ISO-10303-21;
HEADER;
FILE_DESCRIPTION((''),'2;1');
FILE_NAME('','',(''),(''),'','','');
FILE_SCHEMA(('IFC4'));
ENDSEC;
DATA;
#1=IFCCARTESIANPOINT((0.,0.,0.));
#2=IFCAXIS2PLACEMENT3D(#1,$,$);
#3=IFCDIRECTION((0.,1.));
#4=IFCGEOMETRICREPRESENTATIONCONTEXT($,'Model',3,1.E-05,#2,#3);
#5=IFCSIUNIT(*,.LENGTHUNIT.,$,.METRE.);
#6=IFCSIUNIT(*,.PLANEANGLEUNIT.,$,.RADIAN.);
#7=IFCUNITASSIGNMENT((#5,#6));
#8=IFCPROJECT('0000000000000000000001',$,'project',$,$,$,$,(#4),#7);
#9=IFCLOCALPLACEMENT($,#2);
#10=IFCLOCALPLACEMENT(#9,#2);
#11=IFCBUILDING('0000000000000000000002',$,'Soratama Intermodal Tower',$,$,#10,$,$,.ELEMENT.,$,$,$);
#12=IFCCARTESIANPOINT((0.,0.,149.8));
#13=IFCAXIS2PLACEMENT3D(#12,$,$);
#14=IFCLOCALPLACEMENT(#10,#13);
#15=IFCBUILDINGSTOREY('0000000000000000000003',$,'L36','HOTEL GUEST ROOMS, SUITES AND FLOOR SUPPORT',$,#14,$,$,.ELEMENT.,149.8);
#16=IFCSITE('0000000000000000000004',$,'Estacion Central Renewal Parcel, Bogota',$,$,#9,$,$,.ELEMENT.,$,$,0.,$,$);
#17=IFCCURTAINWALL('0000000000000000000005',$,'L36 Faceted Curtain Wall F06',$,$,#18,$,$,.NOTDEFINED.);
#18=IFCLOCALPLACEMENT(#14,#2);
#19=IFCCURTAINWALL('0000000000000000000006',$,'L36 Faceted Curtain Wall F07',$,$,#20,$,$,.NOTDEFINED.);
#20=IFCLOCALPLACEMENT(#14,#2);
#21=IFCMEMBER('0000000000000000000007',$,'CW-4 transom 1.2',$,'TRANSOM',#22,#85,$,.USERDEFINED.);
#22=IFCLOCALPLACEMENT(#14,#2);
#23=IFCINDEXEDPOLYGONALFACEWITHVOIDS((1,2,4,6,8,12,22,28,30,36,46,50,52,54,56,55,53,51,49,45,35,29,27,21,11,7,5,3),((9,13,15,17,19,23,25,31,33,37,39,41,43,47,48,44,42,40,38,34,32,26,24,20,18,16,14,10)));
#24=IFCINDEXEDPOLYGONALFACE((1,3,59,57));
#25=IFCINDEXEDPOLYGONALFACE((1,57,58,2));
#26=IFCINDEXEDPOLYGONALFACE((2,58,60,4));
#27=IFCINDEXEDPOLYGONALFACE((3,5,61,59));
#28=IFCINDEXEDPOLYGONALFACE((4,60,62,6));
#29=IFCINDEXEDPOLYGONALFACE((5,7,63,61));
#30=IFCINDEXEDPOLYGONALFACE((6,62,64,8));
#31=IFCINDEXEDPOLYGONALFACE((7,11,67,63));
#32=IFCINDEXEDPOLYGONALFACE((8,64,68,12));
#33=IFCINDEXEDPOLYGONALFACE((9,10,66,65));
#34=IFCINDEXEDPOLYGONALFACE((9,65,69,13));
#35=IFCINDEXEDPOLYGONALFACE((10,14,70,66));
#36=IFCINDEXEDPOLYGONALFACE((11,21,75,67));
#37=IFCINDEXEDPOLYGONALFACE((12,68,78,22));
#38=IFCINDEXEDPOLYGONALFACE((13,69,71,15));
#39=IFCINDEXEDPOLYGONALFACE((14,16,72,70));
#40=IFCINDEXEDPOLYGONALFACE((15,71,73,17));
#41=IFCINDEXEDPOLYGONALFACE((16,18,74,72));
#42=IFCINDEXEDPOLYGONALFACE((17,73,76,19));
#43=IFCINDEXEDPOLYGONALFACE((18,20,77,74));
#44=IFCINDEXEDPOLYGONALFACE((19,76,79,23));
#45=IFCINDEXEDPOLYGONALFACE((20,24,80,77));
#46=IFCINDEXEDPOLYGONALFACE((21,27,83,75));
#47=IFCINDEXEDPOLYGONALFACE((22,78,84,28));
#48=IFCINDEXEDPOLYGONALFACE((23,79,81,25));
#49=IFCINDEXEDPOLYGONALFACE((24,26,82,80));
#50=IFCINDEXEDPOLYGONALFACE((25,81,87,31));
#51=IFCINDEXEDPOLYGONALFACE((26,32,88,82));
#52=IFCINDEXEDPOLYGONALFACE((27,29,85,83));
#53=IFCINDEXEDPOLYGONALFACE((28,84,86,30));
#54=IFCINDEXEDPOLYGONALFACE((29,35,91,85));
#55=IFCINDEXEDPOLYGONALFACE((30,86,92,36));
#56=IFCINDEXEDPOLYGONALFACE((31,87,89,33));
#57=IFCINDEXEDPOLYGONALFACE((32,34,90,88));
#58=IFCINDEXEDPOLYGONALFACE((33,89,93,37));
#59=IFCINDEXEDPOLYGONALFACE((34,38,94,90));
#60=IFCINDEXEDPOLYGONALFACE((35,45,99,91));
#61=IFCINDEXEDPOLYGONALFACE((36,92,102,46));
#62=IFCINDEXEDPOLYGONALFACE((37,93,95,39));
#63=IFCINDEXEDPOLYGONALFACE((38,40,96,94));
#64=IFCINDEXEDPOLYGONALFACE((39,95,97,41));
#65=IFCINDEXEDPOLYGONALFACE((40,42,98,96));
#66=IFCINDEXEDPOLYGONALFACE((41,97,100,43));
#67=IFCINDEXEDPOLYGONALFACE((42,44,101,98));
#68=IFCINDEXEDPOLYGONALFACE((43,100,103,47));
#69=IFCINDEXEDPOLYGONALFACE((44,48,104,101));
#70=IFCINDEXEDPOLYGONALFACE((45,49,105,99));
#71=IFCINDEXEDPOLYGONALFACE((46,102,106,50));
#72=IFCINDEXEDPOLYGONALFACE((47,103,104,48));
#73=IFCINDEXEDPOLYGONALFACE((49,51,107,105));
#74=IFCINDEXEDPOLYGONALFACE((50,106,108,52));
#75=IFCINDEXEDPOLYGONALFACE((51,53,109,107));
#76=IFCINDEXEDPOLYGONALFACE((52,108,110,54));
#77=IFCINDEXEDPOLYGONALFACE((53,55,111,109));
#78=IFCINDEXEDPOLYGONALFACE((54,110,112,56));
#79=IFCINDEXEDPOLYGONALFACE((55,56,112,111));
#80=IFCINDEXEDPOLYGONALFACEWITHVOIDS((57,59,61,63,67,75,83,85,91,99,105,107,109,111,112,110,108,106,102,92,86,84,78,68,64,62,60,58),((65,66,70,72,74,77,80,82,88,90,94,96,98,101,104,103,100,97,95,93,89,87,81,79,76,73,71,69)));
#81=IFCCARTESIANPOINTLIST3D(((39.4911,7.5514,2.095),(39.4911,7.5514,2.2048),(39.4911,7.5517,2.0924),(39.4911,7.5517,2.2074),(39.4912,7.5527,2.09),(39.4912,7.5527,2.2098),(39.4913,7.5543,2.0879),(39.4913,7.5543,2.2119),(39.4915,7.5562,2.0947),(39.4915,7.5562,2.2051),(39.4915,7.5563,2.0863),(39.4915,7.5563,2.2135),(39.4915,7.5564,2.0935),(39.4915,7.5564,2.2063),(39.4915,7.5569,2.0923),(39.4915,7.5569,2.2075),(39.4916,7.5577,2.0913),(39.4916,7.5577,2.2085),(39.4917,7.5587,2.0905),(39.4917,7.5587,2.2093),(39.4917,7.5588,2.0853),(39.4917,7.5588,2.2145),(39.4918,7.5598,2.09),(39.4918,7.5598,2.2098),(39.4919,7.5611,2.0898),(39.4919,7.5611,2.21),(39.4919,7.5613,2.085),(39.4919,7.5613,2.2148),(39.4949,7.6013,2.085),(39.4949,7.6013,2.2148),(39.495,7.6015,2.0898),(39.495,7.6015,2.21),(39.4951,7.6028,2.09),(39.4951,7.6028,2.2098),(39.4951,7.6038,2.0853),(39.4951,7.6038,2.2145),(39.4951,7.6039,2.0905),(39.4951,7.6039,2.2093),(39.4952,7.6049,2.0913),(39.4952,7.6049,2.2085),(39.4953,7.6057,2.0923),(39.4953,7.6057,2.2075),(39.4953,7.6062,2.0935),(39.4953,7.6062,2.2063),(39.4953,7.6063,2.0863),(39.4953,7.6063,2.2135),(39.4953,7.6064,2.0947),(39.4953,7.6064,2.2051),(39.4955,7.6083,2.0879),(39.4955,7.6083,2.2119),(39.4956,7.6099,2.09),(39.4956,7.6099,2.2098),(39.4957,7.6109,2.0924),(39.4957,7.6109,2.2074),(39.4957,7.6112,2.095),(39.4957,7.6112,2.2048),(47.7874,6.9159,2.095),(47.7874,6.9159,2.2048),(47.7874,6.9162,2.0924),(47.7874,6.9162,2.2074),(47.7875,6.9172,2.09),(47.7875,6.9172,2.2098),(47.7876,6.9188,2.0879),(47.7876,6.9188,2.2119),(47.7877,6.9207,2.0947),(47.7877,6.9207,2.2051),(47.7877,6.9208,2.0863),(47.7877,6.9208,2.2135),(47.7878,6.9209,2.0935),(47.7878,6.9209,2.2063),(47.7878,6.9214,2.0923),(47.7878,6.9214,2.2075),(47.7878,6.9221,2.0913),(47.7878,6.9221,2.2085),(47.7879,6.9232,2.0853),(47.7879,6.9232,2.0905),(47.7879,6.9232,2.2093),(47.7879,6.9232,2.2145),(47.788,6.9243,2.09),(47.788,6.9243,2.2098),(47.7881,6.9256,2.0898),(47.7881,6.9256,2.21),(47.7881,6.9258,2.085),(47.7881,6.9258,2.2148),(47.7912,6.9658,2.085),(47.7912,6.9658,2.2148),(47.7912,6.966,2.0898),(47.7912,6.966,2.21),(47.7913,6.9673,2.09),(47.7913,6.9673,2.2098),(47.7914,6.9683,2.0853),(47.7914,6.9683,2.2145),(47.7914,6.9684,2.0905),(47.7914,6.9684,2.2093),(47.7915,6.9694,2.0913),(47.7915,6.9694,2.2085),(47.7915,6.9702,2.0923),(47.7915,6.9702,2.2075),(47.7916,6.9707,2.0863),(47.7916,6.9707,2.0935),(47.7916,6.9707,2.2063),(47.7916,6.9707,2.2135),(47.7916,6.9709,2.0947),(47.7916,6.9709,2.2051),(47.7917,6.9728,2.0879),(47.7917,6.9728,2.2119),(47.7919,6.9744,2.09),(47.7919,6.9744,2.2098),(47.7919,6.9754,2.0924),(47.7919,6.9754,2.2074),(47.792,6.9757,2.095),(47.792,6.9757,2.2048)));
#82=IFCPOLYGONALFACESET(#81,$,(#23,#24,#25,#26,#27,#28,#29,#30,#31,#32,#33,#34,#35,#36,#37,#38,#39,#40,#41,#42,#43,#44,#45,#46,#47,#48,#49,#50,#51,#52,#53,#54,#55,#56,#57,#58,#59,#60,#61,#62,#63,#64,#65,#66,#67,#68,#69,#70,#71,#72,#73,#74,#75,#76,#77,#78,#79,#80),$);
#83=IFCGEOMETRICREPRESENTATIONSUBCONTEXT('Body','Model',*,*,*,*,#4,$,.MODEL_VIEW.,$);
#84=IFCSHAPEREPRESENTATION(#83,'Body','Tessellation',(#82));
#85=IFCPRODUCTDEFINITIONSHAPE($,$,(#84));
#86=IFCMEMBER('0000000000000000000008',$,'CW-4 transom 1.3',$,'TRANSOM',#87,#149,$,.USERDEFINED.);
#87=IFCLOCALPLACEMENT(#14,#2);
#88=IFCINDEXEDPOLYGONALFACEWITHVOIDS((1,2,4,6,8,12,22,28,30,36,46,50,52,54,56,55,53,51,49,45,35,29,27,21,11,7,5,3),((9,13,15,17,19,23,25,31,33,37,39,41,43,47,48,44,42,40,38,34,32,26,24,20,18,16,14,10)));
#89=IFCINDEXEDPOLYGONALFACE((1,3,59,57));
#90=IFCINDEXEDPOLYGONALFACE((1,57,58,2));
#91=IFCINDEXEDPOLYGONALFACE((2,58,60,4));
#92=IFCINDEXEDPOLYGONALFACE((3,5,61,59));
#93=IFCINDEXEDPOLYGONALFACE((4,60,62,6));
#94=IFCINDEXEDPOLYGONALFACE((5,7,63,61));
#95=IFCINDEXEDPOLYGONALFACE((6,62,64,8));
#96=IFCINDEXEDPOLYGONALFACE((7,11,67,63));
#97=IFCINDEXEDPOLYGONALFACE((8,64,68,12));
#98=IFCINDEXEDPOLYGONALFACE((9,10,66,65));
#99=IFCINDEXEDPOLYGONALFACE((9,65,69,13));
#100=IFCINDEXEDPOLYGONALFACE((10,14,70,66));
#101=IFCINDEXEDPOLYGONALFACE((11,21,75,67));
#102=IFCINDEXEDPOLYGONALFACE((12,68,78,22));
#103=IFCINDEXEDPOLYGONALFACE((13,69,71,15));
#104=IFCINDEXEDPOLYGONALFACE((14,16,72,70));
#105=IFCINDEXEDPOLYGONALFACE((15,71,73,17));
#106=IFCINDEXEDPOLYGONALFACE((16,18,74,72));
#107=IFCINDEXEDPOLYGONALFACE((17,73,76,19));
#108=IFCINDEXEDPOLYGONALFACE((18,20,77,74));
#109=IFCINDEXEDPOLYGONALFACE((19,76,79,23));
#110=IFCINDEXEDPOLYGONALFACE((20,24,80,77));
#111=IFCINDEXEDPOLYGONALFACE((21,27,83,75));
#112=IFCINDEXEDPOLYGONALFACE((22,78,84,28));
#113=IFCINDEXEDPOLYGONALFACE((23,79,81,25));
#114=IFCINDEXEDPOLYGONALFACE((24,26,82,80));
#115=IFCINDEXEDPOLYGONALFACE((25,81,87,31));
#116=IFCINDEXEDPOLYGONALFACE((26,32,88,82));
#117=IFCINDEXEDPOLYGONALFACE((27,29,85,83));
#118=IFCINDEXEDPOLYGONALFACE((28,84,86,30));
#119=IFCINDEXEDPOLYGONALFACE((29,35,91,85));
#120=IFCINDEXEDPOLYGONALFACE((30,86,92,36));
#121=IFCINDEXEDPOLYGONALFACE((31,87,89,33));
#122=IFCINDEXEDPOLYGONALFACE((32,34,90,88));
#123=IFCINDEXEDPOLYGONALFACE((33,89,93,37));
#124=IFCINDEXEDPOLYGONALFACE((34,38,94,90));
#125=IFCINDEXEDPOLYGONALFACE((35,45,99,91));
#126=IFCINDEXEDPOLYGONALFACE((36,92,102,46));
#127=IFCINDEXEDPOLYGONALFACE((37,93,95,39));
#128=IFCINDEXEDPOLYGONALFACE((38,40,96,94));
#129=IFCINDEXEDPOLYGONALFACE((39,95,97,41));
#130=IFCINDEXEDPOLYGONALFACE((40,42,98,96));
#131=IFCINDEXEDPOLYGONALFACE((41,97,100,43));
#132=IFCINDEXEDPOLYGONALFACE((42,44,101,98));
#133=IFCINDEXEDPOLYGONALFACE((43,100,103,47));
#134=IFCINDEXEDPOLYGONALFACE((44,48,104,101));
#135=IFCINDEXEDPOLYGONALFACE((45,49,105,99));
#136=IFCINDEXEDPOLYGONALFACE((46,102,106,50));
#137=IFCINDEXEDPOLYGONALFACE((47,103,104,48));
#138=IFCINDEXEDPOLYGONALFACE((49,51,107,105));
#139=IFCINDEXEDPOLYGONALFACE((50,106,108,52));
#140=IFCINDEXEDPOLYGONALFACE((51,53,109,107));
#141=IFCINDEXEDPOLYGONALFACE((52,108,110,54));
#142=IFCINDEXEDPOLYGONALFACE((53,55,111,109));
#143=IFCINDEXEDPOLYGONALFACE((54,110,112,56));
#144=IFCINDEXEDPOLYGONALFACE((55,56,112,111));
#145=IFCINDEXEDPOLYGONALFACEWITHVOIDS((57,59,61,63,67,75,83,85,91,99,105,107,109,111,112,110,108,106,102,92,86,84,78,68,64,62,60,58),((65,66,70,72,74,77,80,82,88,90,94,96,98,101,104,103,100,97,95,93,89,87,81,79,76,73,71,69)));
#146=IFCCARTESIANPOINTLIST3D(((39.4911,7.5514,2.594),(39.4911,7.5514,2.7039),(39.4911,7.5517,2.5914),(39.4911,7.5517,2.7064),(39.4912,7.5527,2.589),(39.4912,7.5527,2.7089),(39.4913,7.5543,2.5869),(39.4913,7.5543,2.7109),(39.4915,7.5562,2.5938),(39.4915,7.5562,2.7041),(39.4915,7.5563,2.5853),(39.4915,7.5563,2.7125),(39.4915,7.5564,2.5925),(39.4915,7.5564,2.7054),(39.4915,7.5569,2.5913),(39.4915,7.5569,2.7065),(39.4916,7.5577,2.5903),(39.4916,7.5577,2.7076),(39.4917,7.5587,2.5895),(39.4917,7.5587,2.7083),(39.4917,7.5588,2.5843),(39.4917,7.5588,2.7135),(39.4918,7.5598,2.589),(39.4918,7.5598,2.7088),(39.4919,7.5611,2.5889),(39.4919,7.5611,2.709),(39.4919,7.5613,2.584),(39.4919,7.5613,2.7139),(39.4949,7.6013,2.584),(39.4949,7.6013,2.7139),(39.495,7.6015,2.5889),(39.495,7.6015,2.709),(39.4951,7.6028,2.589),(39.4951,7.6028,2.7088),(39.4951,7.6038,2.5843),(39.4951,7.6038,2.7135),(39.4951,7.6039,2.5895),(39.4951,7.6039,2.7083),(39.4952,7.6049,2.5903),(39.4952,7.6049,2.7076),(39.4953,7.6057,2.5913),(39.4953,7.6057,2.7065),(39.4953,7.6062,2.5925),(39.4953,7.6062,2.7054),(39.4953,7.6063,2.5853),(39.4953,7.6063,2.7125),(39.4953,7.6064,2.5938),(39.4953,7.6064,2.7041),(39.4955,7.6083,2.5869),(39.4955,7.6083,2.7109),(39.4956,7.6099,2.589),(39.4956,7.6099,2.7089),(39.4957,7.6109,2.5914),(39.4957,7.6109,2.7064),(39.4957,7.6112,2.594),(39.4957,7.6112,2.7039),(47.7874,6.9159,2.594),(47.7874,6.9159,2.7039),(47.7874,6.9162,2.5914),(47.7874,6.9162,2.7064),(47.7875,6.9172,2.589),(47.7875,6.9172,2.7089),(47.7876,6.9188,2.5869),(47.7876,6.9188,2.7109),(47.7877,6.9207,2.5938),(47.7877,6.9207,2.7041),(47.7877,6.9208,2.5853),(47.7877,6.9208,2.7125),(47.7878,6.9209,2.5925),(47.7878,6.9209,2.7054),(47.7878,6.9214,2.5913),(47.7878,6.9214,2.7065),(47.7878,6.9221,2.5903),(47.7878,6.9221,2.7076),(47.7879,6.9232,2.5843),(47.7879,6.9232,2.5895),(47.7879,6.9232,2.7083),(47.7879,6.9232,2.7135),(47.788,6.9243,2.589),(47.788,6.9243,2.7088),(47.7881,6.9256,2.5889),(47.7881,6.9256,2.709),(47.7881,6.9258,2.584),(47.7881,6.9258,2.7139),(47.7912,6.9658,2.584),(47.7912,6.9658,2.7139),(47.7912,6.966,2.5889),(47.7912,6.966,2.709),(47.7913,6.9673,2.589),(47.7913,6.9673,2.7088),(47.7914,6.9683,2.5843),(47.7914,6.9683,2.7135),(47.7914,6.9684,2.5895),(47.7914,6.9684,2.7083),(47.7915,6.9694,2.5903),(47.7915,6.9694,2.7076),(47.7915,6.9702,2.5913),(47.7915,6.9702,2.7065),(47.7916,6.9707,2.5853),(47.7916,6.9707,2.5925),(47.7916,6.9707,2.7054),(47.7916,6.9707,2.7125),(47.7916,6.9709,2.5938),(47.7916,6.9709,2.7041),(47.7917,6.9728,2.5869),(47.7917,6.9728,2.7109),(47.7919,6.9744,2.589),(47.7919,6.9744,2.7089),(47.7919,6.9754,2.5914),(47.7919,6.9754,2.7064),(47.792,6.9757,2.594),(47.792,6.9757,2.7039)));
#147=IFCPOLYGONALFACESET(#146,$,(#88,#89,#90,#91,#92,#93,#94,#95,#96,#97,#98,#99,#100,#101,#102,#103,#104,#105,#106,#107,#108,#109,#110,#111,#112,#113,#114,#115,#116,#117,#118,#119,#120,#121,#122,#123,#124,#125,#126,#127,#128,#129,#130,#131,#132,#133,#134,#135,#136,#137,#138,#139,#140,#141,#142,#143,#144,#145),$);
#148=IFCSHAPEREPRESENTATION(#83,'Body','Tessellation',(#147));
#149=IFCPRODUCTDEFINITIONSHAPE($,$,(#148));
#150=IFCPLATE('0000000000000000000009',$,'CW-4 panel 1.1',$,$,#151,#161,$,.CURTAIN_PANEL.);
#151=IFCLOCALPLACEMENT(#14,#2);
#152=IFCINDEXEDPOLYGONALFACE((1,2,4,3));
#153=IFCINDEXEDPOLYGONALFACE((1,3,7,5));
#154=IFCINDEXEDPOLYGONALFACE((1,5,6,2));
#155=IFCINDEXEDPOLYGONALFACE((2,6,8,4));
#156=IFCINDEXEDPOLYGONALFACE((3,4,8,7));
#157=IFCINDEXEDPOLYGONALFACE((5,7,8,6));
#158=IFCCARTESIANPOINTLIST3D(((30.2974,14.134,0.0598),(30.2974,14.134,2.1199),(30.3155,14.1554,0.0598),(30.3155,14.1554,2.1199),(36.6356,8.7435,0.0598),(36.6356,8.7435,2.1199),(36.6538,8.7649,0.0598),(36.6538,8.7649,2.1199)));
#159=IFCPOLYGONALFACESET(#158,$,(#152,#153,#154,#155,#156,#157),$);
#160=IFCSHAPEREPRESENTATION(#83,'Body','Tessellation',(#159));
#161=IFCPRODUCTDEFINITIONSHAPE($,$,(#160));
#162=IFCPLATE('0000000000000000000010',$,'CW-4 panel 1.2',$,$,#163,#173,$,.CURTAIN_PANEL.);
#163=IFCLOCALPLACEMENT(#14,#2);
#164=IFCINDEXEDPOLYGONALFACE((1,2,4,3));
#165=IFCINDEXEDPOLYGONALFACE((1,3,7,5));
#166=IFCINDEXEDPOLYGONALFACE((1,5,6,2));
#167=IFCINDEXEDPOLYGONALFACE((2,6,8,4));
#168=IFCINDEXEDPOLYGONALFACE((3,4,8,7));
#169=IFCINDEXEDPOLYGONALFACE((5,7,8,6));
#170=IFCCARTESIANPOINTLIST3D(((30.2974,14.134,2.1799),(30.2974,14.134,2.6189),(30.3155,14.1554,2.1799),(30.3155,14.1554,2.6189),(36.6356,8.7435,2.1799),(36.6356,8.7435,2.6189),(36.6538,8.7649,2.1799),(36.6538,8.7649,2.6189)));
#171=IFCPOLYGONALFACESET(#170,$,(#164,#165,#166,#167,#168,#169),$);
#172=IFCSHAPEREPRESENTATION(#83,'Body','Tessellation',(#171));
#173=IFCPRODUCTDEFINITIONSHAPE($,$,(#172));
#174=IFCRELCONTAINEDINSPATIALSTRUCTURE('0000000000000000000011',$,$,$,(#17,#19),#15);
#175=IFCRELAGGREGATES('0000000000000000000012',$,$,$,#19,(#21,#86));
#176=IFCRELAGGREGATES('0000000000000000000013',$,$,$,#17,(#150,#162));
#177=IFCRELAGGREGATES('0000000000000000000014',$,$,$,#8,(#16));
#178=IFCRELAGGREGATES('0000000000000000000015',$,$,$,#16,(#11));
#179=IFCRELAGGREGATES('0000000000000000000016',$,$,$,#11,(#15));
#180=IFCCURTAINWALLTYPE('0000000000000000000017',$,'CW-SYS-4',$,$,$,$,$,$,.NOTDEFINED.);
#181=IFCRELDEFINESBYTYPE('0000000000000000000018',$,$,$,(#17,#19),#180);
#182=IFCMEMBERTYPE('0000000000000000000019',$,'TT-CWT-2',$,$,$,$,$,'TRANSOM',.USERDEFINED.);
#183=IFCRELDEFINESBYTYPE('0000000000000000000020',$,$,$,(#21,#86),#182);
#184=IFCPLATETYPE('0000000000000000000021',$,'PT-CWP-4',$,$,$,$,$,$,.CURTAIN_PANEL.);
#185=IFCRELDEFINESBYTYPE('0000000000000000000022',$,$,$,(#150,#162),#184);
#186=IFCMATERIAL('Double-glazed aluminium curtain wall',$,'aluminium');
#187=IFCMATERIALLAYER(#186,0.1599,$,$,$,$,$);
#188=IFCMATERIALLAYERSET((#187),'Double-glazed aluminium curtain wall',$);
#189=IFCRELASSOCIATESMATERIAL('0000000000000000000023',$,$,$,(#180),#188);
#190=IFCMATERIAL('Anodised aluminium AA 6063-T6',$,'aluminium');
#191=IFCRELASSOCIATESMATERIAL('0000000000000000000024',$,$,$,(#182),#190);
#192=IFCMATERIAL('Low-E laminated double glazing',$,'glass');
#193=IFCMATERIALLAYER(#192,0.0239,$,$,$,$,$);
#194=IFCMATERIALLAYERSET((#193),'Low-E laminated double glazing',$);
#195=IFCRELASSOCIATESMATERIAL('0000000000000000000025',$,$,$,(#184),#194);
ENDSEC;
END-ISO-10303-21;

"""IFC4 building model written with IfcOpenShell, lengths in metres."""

from ifc_helpers import new_model, si_unit, direction, frame, origin, origin_2d, place, context, subcontext, project, spatial, rectangle, hollow_rectangle, extrude, material, layer, layer_set, material_profile, profile_set, type_object, element, aggregate, save


model = new_model("IFC4")

# Units and contexts
model_context = context("Model", 3, precision=1e-05, world=origin(), true_north=direction((0.0, 1.0)))
body_context = subcontext(model_context, "Body", "Model", "MODEL_VIEW")
ifc_project = project(units=[si_unit("LENGTHUNIT", "METRE"), si_unit("PLANEANGLEUNIT", "RADIAN")], contexts=[model_context])

# Site, building, storey
site_placement = place(None, origin())
site = spatial("IfcSite", under=ifc_project, at=site_placement, Name="Estacion Central Renewal Parcel, Bogota", CompositionType="ELEMENT", RefElevation=0.0)
building_placement = place(site_placement, origin())
building = spatial("IfcBuilding", under=site, at=building_placement, Name="Soratama Intermodal Tower", CompositionType="ELEMENT")
storey_placement = place(building_placement, frame((0.0, 0.0, 149.8)))
storey = spatial("IfcBuildingStorey", under=building, at=storey_placement, Name="L36", Description="HOTEL GUEST ROOMS, SUITES AND FLOOR SUPPORT", CompositionType="ELEMENT", Elevation=149.8)

# Curtain wall
ifc_material_1 = material(Name="Double-glazed aluminium curtain wall", Category="aluminium")
ifc_layer_1 = layer(ifc_material_1, 0.1599)
ifc_layer_set_1 = layer_set([ifc_layer_1], Name="Double-glazed aluminium curtain wall")
curtain_wall_type = type_object("IfcCurtainWallType", Name="CW-SYS-4", PredefinedType="NOTDEFINED", material=ifc_layer_set_1)
curtain_wall_1_placement = place(storey_placement, origin())
curtain_wall_1 = element("IfcCurtainWall", 1, at=curtain_wall_1_placement, inside=storey, type_object=curtain_wall_type, Name="L36 Faceted Curtain Wall F06", PredefinedType="NOTDEFINED")

# Curtain wall, members
curtain_wall_2_placement = place(storey_placement, origin())
curtain_wall_2 = element("IfcCurtainWall", 2, at=curtain_wall_2_placement, inside=storey, type_object=curtain_wall_type, Name="L36 Faceted Curtain Wall F07", PredefinedType="NOTDEFINED")
ifc_material_2 = material(Name="Anodised aluminium AA 6063-T6", Category="aluminium")
ifc_material_profile_1 = material_profile(ifc_material_2, hollow_rectangle(XDim=0.0601, YDim=0.1299, WallThickness=0.0049, InnerFilletRadius=0.0049, OuterFilletRadius=0.01, at=origin_2d()), Name="CWT130X60X5")
ifc_profile_set_1 = profile_set([ifc_material_profile_1], Name="Anodised aluminium AA 6063-T6")
member_type_1 = type_object("IfcMemberType", Name="TT-CWT-2", ElementType="TRANSOM", PredefinedType="USERDEFINED", material=ifc_profile_set_1)
member_1_placement = place(storey_placement, frame((39.4934, 7.5813, 2.1499), z_axis=(0.997079, -0.076378, 0.0), x_axis=(0.076378, 0.997079, 0.0)))
member_1 = element("IfcMember", 3, at=member_1_placement, type_object=member_type_1, Name="CW-4 transom 1.2", ObjectType="TRANSOM", PredefinedType="USERDEFINED", context=body_context, shape_type="SweptSolid", body=[
    extrude(hollow_rectangle(XDim=0.0601, YDim=0.1299, WallThickness=0.0049, InnerFilletRadius=0.0049, OuterFilletRadius=0.01, at=origin_2d()), origin(), (0.0, 0.0, 1.0), 8.3206),
])
member_2_placement = place(storey_placement, frame((39.4934, 7.5813, 2.6489), z_axis=(0.997079, -0.076378, 0.0), x_axis=(0.076378, 0.997079, 0.0)))
member_2 = element("IfcMember", 4, at=member_2_placement, type_object=member_type_1, Name="CW-4 transom 1.3", ObjectType="TRANSOM", PredefinedType="USERDEFINED", context=body_context, shape_type="SweptSolid", body=[
    extrude(hollow_rectangle(XDim=0.0601, YDim=0.1299, WallThickness=0.0049, InnerFilletRadius=0.0049, OuterFilletRadius=0.01, at=origin_2d()), origin(), (0.0, 0.0, 1.0), 8.3206),
])
aggregate(curtain_wall_2, [member_1, member_2])

# Plates
ifc_material_3 = material(Name="Low-E laminated double glazing", Category="glass")
ifc_layer_2 = layer(ifc_material_3, 0.0239)
ifc_layer_set_2 = layer_set([ifc_layer_2], Name="Low-E laminated double glazing")
plate_type = type_object("IfcPlateType", Name="PT-CWP-4", PredefinedType="CURTAIN_PANEL", material=ifc_layer_set_2)
plate_1_placement = place(storey_placement, frame((33.4756, 11.4495, 0.0598), z_axis=(0.0, 0.0, 1.0), x_axis=(0.761762, -0.647857, 0.0)))
plate_1 = element("IfcPlate", 5, at=plate_1_placement, type_object=plate_type, Name="CW-4 panel 1.1", PredefinedType="CURTAIN_PANEL", context=body_context, shape_type="SweptSolid", body=[
    extrude(rectangle(XDim=8.3206, YDim=0.0281, at=origin_2d()), origin(), (0.0, 0.0, 1.0), 2.0601),
])
plate_2_placement = place(storey_placement, frame((33.4756, 11.4495, 2.1799), z_axis=(0.0, 0.0, 1.0), x_axis=(0.761762, -0.647857, 0.0)))
plate_2 = element("IfcPlate", 6, at=plate_2_placement, type_object=plate_type, Name="CW-4 panel 1.2", PredefinedType="CURTAIN_PANEL", context=body_context, shape_type="SweptSolid", body=[
    extrude(rectangle(XDim=8.3206, YDim=0.0281, at=origin_2d()), origin(), (0.0, 0.0, 1.0), 0.439),
])
aggregate(curtain_wall_1, [plate_1, plate_2])

save(model, "model.ifc")
